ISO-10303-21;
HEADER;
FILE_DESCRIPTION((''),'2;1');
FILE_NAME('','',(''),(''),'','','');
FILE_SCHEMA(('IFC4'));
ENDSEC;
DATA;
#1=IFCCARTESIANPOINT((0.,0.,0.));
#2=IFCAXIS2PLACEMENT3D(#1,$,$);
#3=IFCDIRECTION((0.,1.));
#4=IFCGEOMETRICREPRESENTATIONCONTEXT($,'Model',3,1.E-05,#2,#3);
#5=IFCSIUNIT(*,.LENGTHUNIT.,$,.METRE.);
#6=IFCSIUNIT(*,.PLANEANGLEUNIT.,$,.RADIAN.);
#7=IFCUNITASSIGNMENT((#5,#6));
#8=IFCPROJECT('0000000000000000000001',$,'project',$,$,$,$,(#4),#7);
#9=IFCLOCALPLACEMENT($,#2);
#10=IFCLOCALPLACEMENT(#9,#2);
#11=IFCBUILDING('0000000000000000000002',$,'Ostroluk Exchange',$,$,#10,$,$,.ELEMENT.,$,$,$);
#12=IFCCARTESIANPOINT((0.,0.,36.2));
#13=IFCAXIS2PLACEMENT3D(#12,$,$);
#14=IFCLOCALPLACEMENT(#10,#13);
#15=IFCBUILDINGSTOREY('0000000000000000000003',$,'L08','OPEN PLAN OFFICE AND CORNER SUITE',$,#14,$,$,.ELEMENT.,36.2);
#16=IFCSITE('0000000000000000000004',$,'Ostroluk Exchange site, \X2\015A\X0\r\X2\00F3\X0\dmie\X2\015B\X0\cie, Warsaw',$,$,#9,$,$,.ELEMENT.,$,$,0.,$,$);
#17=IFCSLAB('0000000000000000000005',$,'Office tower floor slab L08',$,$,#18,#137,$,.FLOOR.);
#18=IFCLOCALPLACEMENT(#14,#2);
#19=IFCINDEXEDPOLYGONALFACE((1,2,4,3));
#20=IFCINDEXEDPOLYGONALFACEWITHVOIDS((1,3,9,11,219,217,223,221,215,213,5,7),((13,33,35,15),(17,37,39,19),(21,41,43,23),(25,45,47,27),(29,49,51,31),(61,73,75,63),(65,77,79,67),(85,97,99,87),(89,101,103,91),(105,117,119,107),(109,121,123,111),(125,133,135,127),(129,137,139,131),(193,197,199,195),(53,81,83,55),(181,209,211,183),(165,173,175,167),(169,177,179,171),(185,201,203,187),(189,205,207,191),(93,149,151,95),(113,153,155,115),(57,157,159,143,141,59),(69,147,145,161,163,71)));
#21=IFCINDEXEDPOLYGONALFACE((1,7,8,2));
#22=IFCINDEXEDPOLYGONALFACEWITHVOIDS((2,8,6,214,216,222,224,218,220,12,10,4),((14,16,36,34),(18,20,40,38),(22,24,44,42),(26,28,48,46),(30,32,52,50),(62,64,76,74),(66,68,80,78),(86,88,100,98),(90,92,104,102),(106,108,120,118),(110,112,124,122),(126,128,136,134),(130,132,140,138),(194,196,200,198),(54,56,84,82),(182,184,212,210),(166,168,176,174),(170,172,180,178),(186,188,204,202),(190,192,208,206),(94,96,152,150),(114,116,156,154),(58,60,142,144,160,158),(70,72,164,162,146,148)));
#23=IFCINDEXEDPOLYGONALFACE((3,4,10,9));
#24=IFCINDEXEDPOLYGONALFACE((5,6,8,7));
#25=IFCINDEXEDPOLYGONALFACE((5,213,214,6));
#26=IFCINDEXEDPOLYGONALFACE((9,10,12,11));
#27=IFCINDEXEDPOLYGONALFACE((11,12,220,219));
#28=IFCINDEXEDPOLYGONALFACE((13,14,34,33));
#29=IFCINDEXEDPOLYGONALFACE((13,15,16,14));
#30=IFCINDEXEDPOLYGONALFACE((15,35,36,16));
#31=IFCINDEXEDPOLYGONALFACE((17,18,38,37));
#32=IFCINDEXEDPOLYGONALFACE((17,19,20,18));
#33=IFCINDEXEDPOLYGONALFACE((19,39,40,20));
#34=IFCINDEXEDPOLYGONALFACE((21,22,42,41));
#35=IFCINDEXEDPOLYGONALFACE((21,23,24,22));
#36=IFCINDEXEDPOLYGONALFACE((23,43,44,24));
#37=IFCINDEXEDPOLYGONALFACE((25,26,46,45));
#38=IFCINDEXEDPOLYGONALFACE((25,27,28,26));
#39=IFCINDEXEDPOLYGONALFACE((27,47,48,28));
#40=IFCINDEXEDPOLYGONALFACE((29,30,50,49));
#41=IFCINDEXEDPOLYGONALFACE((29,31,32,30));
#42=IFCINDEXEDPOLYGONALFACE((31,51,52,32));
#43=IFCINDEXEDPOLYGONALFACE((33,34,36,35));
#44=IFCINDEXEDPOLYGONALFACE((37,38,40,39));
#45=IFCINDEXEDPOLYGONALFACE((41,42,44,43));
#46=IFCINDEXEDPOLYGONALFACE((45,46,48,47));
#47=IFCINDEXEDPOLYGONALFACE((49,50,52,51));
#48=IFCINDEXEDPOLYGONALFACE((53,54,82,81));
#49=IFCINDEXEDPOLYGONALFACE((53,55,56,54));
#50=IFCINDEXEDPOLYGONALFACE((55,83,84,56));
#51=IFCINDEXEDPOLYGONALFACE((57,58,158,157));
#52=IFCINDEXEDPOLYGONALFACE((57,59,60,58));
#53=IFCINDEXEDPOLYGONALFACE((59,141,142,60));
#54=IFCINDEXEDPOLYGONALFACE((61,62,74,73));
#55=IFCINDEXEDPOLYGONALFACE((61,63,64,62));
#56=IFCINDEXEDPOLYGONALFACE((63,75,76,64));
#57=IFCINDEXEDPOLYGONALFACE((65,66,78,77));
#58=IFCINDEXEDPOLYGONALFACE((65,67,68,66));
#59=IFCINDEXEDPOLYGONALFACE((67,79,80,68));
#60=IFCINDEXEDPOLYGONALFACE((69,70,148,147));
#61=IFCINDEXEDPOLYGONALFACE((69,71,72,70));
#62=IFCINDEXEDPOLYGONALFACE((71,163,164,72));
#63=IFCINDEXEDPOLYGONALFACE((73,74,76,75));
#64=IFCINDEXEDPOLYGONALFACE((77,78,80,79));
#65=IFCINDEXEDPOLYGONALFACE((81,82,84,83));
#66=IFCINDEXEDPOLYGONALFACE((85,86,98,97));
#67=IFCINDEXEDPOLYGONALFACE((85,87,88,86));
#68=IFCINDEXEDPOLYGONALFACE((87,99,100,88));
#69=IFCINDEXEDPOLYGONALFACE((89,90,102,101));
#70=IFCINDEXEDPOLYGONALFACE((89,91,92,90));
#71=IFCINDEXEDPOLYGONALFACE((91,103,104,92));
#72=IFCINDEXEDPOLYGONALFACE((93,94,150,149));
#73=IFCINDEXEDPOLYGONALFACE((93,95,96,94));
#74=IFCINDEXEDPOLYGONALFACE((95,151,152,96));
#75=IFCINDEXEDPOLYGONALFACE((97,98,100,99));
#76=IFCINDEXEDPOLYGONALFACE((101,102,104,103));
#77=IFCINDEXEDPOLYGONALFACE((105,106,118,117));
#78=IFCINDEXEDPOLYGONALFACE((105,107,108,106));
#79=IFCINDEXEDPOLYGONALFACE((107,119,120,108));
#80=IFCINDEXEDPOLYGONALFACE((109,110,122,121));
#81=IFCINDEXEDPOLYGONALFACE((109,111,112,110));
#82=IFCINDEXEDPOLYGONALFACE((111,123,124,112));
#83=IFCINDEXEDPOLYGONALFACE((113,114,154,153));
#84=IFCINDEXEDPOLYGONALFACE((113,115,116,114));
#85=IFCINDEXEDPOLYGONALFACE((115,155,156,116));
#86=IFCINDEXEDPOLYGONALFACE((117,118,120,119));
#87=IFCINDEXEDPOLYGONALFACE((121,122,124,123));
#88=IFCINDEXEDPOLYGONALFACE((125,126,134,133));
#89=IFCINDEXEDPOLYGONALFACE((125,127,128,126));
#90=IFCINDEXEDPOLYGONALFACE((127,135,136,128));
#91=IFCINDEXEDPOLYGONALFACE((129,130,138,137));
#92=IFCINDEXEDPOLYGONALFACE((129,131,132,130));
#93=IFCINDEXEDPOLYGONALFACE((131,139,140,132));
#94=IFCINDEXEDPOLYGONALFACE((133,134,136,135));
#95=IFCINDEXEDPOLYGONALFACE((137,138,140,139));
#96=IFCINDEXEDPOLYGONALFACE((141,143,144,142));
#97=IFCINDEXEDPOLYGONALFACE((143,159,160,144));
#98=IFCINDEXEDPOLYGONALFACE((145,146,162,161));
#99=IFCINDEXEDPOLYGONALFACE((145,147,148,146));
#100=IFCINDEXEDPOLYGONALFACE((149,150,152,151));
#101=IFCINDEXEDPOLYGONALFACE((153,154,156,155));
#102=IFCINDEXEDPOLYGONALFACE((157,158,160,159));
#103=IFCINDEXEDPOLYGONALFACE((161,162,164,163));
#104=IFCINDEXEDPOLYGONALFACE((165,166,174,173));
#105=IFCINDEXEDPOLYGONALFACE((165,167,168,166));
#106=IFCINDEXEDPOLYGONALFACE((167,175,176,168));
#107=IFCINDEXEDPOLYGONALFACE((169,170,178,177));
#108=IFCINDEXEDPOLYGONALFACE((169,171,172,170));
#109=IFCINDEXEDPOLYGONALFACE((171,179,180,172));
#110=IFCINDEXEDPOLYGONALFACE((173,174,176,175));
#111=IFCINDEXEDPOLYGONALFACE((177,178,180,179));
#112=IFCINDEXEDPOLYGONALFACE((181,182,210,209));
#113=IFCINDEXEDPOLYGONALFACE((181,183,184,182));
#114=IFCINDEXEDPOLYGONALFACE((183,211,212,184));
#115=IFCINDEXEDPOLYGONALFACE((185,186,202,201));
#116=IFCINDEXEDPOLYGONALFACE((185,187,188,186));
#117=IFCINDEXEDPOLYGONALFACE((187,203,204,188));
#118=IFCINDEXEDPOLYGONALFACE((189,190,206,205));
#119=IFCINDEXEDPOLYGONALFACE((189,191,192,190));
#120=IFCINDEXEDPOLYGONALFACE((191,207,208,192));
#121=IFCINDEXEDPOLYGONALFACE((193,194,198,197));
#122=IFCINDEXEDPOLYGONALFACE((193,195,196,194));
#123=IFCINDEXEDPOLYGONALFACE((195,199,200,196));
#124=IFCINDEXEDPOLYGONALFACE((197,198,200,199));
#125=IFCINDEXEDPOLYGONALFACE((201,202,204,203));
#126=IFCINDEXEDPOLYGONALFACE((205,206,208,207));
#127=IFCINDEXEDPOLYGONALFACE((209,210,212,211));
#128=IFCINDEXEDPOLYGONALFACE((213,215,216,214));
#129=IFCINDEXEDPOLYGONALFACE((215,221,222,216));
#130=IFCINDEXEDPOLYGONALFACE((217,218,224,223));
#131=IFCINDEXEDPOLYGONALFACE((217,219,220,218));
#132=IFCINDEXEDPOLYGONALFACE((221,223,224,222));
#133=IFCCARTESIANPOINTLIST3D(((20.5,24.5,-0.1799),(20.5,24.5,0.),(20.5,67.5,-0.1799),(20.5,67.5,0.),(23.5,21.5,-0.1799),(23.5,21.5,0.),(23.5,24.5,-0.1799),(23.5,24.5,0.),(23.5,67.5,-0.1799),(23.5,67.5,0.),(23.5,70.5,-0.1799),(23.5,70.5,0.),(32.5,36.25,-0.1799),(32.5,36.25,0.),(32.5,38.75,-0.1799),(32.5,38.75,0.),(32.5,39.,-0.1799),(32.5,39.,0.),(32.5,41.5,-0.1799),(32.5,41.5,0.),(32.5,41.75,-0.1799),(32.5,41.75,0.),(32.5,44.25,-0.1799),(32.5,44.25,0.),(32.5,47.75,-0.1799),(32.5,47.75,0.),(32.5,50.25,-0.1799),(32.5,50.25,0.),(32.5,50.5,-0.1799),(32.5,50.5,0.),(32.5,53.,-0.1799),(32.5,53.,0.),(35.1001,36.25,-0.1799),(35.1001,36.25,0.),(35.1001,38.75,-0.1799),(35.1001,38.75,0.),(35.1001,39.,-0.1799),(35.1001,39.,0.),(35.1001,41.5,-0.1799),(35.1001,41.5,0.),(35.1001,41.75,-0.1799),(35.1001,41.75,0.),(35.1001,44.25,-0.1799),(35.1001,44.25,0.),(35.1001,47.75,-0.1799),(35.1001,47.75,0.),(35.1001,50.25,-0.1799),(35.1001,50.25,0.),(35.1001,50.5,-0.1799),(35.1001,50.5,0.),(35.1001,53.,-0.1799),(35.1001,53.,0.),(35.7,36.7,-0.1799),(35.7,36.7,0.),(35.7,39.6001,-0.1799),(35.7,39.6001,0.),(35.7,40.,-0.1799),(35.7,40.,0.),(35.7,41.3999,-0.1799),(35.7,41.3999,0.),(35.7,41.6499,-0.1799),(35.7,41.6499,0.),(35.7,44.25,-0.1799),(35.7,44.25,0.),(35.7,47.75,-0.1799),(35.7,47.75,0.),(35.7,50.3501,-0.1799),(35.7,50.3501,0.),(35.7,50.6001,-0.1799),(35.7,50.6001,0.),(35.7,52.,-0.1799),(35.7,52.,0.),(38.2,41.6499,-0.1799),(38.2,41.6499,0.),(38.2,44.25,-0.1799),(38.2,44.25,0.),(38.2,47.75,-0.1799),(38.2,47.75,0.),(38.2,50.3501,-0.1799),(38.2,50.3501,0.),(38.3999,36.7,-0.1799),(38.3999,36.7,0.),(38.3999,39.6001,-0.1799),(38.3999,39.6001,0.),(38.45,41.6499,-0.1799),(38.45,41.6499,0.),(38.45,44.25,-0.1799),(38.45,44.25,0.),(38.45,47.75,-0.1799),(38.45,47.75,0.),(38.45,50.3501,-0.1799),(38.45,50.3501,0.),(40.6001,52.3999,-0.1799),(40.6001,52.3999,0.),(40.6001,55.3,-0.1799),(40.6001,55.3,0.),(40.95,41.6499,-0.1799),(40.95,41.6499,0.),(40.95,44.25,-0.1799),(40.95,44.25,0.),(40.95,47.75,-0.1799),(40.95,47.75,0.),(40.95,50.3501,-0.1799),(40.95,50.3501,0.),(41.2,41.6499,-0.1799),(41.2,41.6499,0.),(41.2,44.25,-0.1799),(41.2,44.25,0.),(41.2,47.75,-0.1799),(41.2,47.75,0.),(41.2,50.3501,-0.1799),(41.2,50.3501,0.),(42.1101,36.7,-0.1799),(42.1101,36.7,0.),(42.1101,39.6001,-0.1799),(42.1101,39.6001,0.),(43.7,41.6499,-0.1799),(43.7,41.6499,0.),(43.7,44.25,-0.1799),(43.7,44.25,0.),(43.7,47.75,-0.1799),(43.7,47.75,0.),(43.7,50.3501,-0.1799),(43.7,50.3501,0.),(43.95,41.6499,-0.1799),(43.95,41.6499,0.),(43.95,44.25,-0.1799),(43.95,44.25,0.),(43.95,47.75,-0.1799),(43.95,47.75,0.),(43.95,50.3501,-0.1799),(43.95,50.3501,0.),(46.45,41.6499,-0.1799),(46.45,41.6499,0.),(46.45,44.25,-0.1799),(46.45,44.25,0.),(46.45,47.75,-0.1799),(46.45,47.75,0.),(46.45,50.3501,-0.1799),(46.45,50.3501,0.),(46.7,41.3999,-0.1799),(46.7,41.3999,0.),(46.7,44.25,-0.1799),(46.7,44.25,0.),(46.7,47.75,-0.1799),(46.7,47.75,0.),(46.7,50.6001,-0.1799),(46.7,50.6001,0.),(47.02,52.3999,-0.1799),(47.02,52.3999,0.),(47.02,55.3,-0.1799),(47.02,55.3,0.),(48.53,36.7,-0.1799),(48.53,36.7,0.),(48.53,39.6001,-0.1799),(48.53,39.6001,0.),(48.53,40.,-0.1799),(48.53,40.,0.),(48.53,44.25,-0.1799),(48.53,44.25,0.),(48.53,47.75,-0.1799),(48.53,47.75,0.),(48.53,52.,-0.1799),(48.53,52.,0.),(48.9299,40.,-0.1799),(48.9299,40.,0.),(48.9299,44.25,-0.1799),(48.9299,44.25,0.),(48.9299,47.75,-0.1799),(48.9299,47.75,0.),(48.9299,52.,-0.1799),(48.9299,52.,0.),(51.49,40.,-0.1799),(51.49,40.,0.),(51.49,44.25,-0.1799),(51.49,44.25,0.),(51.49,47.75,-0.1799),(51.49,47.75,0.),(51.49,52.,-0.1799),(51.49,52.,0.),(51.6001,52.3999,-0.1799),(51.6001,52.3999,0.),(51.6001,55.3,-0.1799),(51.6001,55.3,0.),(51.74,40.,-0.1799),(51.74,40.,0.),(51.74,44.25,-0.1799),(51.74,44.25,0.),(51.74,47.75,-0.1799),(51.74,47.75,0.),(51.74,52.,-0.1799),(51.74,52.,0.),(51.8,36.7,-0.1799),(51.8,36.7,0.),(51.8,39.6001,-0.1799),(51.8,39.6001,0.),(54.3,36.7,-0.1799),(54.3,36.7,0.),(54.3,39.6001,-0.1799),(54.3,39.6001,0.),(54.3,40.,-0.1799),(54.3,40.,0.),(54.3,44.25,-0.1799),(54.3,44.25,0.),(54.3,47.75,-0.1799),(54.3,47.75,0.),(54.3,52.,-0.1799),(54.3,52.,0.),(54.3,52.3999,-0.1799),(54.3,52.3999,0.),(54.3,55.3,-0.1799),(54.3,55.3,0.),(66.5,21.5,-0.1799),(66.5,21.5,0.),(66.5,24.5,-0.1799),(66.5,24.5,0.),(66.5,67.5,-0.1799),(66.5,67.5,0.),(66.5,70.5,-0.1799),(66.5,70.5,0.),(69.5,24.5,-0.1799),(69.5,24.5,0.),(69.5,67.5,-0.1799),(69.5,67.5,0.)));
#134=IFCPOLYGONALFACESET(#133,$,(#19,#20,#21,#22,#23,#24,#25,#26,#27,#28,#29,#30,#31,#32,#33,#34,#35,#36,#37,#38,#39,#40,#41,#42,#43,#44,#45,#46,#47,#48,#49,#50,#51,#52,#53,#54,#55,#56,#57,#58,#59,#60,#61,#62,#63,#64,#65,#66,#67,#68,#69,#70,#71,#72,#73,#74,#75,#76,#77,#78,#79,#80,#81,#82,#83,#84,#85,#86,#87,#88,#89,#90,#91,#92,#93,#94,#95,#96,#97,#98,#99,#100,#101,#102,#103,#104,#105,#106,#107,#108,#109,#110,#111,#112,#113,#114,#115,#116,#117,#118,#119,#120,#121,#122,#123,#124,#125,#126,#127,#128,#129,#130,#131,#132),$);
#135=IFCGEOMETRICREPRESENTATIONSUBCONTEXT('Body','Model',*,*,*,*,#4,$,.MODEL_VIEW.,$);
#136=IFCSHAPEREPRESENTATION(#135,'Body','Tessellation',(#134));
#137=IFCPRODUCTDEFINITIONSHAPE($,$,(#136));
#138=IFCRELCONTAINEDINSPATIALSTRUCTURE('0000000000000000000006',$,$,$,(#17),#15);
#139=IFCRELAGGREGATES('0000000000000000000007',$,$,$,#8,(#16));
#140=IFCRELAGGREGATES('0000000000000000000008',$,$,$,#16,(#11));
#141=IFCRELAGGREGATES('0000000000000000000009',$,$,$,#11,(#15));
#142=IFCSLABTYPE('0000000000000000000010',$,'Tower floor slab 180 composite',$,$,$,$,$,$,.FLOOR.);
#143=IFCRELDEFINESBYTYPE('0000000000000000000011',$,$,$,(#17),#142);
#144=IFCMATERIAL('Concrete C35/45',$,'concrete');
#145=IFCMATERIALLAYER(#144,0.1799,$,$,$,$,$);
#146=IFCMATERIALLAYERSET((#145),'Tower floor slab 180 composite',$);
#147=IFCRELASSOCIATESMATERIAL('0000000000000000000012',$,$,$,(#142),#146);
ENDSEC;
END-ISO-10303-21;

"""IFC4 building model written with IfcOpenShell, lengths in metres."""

from ifc_helpers import new_model, si_unit, direction, frame, origin, place, context, subcontext, project, spatial, polyline, outline, extrude, material, layer, layer_set, type_object, element, save


model = new_model("IFC4")

# Units and contexts
model_context = context("Model", 3, precision=1e-05, world=origin(), true_north=direction((0.0, 1.0)))
body_context = subcontext(model_context, "Body", "Model", "MODEL_VIEW")
ifc_project = project(units=[si_unit("LENGTHUNIT", "METRE"), si_unit("PLANEANGLEUNIT", "RADIAN")], contexts=[model_context])

# Site, building, storey
site_placement = place(None, origin())
site = spatial("IfcSite", under=ifc_project, at=site_placement, Name="Ostroluk Exchange site, Śródmieście, Warsaw", CompositionType="ELEMENT", RefElevation=0.0)
building_placement = place(site_placement, origin())
building = spatial("IfcBuilding", under=site, at=building_placement, Name="Ostroluk Exchange", CompositionType="ELEMENT")
storey_placement = place(building_placement, frame((0.0, 0.0, 36.2)))
storey = spatial("IfcBuildingStorey", under=building, at=storey_placement, Name="L08", Description="OPEN PLAN OFFICE AND CORNER SUITE", CompositionType="ELEMENT", Elevation=36.2)

# Slab
ifc_material_1 = material(Name="Concrete C35/45", Category="concrete")
ifc_layer_1 = layer(ifc_material_1, 0.1799)
ifc_layer_set_1 = layer_set([ifc_layer_1], Name="Tower floor slab 180 composite")
slab_type_1 = type_object("IfcSlabType", Name="Tower floor slab 180 composite", PredefinedType="FLOOR", material=ifc_layer_set_1)
slab_1_placement = place(storey_placement, frame((0.0, 0.0, -0.1799)))
element("IfcSlab", 1, at=slab_1_placement, inside=storey, type_object=slab_type_1, Name="Office tower floor slab L08", PredefinedType="FLOOR", context=body_context, shape_type="SweptSolid", body=[
    extrude(outline(polyline([(23.5, 21.5), (66.5, 21.5), (66.5, 24.5), (69.5, 24.5), (69.5, 67.5), (66.5, 67.5), (66.5, 70.5), (23.5, 70.5), (23.5, 67.5), (20.5, 67.5), (20.5, 24.5), (23.5, 24.5), (23.5, 21.5)]), holes=[polyline([(35.7, 36.7), (38.3999, 36.7), (38.3999, 39.6001), (35.7, 39.6001), (35.7, 36.7)]), polyline([(42.1101, 36.7), (48.53, 36.7), (48.53, 39.6001), (42.1101, 39.6001), (42.1101, 36.7)]), polyline([(51.8, 36.7), (54.3, 36.7), (54.3, 39.6001), (51.8, 39.6001), (51.8, 36.7)]), polyline([(40.6001, 52.3999), (47.02, 52.3999), (47.02, 55.3), (40.6001, 55.3), (40.6001, 52.3999)]), polyline([(51.6001, 52.3999), (54.3, 52.3999), (54.3, 55.3), (51.6001, 55.3), (51.6001, 52.3999)]), polyline([(35.7, 47.75), (38.2, 47.75), (38.2, 50.3501), (35.7, 50.3501), (35.7, 47.75)]), polyline([(38.45, 47.75), (40.95, 47.75), (40.95, 50.3501), (38.45, 50.3501), (38.45, 47.75)]), polyline([(41.2, 47.75), (43.7, 47.75), (43.7, 50.3501), (41.2, 50.3501), (41.2, 47.75)]), polyline([(43.95, 47.75), (46.45, 47.75), (46.45, 50.3501), (43.95, 50.3501), (43.95, 47.75)]), polyline([(35.7, 41.6499), (38.2, 41.6499), (38.2, 44.25), (35.7, 44.25), (35.7, 41.6499)]), polyline([(38.45, 41.6499), (40.95, 41.6499), (40.95, 44.25), (38.45, 44.25), (38.45, 41.6499)]), polyline([(41.2, 41.6499), (43.7, 41.6499), (43.7, 44.25), (41.2, 44.25), (41.2, 41.6499)]), polyline([(43.95, 41.6499), (46.45, 41.6499), (46.45, 44.25), (43.95, 44.25), (43.95, 41.6499)]), polyline([(48.9299, 47.75), (51.49, 47.75), (51.49, 52.0), (48.9299, 52.0), (48.9299, 47.75)]), polyline([(51.74, 47.75), (54.3, 47.75), (54.3, 52.0), (51.74, 52.0), (51.74, 47.75)]), polyline([(48.9299, 40.0), (51.49, 40.0), (51.49, 44.25), (48.9299, 44.25), (48.9299, 40.0)]), polyline([(51.74, 40.0), (54.3, 40.0), (54.3, 44.25), (51.74, 44.25), (51.74, 40.0)]), polyline([(48.53, 52.0), (48.53, 47.75), (46.7, 47.75), (46.7, 50.6001), (35.7, 50.6001), (35.7, 52.0), (48.53, 52.0)]), polyline([(35.7, 40.0), (35.7, 41.3999), (46.7, 41.3999), (46.7, 44.25), (48.53, 44.25), (48.53, 40.0), (35.7, 40.0)]), polyline([(32.5, 36.25), (35.1001, 36.25), (35.1001, 38.75), (32.5, 38.75), (32.5, 36.25)]), polyline([(32.5, 39.0), (35.1001, 39.0), (35.1001, 41.5), (32.5, 41.5), (32.5, 39.0)]), polyline([(32.5, 41.75), (35.1001, 41.75), (35.1001, 44.25), (32.5, 44.25), (32.5, 41.75)]), polyline([(32.5, 47.75), (35.1001, 47.75), (35.1001, 50.25), (32.5, 50.25), (32.5, 47.75)]), polyline([(32.5, 50.5), (35.1001, 50.5), (35.1001, 53.0), (32.5, 53.0), (32.5, 50.5)])]), origin(), (0.0, 0.0, 1.0), 0.1799),
])

save(model, "model.ifc")
